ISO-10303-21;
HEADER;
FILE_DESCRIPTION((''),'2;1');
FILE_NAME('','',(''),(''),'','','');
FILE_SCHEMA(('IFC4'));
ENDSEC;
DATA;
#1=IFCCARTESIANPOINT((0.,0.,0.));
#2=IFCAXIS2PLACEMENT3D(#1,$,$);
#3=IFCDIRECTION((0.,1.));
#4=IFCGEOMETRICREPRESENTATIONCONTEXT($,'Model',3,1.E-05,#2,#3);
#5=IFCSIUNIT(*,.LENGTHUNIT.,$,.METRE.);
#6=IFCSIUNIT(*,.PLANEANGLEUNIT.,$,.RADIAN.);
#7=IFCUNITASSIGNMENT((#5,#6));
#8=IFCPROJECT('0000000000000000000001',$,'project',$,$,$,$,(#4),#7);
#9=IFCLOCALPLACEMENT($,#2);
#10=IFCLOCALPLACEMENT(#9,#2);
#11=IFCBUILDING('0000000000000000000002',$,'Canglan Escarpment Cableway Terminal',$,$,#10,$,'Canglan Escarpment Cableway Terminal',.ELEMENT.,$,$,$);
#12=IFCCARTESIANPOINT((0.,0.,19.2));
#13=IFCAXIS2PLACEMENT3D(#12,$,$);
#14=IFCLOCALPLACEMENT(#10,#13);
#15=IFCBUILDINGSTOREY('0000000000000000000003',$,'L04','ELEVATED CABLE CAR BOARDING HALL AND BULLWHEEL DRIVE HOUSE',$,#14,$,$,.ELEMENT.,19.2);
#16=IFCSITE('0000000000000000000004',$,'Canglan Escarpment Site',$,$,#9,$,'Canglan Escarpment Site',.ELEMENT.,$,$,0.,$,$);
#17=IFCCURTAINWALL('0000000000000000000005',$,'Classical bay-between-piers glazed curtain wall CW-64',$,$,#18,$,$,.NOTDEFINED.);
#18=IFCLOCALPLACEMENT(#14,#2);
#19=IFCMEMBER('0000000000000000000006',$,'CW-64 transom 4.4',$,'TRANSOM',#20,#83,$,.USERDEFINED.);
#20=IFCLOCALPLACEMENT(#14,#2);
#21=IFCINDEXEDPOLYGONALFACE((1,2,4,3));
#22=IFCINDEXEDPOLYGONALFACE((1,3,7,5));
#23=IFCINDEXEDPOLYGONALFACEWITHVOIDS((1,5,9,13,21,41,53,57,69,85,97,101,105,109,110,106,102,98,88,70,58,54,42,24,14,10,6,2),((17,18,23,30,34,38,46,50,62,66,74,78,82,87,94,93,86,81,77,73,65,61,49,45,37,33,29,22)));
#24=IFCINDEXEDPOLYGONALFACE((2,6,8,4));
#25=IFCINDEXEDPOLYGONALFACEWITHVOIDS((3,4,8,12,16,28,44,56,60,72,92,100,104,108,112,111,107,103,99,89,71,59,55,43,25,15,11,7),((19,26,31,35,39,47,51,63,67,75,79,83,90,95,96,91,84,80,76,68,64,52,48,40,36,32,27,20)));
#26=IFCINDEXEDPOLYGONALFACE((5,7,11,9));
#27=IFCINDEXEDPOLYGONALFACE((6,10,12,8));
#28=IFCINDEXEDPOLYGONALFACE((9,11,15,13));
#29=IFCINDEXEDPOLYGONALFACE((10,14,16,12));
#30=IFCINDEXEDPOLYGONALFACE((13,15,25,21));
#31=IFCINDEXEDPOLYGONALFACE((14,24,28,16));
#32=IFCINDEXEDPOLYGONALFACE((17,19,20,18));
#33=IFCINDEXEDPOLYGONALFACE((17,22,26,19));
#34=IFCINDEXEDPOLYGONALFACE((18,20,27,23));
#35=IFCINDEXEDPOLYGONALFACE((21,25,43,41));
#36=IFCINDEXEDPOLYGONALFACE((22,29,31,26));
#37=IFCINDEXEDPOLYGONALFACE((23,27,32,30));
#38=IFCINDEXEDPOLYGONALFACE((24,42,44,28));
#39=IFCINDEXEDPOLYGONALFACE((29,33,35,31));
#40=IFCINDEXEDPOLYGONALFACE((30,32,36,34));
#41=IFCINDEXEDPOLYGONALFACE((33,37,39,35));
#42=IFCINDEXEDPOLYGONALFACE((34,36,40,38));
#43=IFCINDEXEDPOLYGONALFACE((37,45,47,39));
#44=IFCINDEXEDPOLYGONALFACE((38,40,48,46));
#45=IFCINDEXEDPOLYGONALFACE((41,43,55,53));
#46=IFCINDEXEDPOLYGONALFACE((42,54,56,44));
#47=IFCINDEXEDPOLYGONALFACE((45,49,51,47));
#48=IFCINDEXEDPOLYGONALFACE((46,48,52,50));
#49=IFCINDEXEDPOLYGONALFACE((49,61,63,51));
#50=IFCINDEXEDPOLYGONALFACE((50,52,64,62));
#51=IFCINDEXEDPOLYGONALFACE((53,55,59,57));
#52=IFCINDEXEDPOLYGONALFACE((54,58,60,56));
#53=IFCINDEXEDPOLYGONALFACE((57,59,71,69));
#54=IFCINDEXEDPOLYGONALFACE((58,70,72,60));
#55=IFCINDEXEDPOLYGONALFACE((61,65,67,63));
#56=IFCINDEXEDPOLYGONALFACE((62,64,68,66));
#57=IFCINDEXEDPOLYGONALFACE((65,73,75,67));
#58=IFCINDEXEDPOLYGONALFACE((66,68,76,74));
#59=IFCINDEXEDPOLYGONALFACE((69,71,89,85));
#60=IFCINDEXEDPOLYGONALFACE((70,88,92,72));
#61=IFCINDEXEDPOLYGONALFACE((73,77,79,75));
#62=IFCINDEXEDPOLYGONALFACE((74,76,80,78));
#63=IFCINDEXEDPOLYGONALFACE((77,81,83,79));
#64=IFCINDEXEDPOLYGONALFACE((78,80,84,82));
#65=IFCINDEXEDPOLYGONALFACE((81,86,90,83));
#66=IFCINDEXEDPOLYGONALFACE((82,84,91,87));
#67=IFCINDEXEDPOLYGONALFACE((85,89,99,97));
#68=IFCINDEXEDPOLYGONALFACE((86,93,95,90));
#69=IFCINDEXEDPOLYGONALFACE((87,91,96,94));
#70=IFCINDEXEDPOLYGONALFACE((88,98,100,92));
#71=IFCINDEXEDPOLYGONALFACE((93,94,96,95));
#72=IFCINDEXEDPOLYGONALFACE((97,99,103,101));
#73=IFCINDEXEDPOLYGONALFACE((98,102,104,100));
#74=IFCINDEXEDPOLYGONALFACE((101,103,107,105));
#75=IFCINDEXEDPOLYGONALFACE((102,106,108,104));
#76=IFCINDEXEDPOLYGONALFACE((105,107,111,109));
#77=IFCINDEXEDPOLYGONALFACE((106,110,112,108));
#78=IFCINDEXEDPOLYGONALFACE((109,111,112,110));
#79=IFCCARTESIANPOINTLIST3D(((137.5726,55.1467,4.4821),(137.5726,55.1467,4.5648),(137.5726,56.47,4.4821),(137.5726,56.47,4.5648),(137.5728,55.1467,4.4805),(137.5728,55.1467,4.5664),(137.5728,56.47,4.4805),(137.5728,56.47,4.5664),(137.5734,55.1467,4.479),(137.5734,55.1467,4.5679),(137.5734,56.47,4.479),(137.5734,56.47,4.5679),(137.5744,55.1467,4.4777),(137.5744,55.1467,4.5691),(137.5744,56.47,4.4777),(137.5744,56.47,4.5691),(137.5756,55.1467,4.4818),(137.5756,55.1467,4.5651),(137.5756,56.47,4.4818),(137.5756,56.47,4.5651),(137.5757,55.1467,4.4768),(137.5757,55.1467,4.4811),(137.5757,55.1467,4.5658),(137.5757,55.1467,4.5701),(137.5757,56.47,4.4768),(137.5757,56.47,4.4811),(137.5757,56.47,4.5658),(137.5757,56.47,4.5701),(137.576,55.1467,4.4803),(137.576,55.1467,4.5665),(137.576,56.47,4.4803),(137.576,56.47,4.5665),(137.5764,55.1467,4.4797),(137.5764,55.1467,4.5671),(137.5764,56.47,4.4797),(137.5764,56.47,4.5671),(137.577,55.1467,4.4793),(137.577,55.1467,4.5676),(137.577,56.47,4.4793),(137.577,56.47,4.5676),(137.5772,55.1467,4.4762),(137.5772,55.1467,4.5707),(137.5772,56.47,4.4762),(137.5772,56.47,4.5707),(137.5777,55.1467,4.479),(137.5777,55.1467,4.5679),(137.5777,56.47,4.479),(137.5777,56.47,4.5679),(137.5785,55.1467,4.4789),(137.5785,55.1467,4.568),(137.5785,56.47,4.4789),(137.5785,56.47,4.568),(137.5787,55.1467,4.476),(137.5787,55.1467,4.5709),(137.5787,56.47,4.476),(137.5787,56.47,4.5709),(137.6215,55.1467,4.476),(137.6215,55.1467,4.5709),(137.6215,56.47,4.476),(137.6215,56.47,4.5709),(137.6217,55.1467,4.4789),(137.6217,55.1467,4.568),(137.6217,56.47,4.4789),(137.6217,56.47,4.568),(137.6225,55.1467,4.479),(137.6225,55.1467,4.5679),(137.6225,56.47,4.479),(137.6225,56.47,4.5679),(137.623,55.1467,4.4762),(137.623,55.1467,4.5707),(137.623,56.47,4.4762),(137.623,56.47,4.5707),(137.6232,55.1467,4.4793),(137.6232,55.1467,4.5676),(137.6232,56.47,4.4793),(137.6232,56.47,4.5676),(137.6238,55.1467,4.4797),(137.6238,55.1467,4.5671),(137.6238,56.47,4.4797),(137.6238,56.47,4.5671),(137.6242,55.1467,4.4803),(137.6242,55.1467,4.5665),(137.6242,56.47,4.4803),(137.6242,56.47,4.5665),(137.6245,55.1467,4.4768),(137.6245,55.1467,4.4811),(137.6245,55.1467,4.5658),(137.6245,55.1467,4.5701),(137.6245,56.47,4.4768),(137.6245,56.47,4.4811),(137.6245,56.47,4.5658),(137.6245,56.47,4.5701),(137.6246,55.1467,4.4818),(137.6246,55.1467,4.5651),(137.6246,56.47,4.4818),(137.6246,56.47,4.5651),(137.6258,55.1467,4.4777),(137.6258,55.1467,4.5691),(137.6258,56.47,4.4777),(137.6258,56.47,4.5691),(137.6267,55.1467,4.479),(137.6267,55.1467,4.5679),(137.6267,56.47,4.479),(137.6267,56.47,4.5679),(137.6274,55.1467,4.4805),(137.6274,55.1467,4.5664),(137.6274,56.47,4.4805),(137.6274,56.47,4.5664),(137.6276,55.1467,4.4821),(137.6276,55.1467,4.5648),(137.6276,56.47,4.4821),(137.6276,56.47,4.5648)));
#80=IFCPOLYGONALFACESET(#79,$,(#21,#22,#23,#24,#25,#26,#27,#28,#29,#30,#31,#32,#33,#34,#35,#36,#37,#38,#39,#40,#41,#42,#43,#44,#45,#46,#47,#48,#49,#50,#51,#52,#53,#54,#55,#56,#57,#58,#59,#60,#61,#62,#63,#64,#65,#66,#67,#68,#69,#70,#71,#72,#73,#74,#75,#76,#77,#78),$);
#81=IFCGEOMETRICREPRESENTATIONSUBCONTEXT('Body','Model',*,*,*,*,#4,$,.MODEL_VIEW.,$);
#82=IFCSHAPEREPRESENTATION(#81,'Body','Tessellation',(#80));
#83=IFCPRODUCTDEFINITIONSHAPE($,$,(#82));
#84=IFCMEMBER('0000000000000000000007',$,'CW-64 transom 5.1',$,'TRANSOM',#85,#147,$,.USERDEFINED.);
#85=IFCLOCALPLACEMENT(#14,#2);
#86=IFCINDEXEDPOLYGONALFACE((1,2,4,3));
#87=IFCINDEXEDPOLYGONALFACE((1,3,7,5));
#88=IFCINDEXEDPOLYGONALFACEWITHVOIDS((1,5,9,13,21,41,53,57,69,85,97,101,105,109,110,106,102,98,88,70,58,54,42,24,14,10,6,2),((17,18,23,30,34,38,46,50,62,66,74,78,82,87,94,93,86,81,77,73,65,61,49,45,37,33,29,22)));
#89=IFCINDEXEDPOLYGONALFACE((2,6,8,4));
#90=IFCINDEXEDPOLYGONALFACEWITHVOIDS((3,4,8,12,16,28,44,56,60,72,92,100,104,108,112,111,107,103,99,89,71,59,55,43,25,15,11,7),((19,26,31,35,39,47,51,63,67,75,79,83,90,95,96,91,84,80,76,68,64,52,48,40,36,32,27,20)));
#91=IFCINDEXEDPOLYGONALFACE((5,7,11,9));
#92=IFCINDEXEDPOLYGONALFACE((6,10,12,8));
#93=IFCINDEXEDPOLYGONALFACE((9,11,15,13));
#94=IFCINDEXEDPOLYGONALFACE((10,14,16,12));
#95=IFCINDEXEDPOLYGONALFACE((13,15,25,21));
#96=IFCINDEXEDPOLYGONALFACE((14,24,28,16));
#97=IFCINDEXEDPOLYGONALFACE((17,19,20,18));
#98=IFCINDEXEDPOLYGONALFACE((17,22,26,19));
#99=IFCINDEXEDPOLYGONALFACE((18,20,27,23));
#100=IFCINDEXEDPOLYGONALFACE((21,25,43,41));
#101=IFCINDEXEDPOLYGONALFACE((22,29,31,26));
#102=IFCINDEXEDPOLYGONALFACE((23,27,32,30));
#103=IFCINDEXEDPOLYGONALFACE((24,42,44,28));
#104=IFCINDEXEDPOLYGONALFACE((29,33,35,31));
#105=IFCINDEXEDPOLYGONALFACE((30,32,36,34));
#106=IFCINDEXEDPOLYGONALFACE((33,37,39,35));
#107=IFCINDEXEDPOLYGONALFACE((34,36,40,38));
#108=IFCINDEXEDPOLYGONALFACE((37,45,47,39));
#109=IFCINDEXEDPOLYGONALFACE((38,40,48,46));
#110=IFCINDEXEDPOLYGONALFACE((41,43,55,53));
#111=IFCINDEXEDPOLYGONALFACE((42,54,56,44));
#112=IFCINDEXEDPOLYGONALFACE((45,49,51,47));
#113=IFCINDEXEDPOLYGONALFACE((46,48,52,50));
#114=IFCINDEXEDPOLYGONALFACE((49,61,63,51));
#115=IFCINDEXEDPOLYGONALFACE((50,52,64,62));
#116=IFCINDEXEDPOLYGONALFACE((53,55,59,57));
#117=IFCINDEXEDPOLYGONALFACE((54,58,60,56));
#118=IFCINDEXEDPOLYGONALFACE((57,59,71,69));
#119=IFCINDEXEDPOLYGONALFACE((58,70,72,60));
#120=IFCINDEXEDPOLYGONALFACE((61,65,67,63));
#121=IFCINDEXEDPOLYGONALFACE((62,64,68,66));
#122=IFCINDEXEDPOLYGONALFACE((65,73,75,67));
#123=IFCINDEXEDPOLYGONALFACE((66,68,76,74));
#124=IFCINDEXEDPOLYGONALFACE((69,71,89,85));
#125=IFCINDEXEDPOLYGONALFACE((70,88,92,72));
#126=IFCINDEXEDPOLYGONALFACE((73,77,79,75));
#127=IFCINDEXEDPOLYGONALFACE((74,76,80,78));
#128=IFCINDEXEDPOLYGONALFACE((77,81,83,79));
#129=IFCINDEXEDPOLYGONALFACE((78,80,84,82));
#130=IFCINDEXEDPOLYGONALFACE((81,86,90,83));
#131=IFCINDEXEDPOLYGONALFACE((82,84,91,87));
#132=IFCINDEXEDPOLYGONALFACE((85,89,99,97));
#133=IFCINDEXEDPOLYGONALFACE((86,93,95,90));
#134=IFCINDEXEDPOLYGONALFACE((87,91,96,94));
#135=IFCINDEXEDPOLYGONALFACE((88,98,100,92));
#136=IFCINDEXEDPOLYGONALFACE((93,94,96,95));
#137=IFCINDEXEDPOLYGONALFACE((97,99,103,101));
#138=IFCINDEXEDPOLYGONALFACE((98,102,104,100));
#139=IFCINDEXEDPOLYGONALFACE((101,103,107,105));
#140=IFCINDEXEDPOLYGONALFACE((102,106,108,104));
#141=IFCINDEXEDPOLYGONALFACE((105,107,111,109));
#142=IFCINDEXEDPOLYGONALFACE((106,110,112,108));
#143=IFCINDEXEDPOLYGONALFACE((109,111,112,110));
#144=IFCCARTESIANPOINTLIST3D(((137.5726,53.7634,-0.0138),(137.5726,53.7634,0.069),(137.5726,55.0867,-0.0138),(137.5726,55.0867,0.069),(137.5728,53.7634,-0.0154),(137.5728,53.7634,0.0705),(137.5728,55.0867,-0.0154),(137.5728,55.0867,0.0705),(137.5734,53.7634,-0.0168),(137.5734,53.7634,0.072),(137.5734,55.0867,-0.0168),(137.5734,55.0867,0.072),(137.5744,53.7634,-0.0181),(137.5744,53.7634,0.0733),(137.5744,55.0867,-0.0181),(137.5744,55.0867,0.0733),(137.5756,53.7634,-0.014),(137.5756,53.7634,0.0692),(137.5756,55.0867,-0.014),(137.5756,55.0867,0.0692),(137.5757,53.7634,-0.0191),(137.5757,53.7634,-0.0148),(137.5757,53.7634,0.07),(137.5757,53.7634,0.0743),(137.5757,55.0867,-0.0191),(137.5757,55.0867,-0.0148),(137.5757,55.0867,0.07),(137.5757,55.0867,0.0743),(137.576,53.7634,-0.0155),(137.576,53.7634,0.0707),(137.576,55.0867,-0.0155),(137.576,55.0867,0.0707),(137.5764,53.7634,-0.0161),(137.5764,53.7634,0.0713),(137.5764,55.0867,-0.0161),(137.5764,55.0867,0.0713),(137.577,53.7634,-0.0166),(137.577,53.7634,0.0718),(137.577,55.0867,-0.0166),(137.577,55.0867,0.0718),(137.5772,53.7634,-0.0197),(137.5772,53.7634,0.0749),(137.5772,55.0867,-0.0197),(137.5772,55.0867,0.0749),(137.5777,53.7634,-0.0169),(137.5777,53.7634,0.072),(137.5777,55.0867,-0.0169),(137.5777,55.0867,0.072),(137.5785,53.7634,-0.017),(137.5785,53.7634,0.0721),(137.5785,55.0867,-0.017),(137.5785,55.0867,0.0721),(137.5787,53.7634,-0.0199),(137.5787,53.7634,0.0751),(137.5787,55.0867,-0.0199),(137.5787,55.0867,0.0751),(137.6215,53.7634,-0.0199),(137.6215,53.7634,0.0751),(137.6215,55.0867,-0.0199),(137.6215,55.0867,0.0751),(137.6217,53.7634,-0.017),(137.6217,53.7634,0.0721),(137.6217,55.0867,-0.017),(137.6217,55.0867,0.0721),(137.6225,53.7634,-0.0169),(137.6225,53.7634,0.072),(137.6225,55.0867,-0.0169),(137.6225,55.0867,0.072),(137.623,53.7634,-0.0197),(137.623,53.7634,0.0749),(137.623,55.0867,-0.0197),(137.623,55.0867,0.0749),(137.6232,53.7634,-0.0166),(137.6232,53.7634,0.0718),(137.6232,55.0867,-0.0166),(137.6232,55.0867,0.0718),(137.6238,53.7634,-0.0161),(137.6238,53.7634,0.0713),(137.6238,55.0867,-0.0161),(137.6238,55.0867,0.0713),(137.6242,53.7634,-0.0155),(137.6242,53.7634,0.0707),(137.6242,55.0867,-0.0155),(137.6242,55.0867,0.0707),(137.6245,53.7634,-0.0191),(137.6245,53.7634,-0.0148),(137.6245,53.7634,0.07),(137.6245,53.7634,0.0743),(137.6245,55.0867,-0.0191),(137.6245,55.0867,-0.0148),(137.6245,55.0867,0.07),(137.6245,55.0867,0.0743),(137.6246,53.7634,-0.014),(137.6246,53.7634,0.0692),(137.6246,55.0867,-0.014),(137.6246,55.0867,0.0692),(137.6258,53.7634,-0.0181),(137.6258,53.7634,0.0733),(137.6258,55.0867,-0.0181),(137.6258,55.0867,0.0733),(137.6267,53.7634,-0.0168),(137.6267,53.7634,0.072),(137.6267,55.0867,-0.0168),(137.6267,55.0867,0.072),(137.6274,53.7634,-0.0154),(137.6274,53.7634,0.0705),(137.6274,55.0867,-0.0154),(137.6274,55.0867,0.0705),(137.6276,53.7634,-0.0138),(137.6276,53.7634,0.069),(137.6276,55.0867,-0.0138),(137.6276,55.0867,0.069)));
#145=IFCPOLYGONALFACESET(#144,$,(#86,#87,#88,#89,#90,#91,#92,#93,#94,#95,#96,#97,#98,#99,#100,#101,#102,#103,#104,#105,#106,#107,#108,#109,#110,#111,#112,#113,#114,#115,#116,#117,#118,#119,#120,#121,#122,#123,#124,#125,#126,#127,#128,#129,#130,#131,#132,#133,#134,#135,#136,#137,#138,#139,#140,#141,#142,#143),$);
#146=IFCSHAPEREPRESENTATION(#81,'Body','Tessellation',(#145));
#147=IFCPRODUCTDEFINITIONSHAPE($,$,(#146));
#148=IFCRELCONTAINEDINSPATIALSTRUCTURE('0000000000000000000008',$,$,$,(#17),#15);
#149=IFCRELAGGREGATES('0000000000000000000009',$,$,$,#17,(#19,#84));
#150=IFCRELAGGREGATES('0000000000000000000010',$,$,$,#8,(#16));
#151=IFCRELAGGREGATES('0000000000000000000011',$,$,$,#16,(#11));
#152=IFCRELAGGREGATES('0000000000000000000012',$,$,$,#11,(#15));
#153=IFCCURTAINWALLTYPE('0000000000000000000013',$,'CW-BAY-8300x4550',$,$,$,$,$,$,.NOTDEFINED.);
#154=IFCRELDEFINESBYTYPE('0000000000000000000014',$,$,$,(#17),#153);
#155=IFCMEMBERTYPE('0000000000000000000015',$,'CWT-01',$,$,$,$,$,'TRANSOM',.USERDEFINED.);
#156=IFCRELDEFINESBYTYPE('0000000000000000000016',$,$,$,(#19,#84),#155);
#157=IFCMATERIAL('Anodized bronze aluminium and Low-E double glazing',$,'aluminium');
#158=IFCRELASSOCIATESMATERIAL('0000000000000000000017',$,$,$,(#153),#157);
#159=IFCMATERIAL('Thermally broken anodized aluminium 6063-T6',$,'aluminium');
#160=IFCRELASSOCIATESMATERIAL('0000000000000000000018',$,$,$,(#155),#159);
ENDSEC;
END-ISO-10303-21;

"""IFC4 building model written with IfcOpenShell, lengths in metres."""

from ifc_helpers import new_model, si_unit, direction, frame, origin, origin_2d, place, context, subcontext, project, spatial, hollow_rectangle, extrude, material, material_profile, profile_set, type_object, element, aggregate, save


model = new_model("IFC4")

# Units and contexts
model_context = context("Model", 3, precision=1e-05, world=origin(), true_north=direction((0.0, 1.0)))
body_context = subcontext(model_context, "Body", "Model", "MODEL_VIEW")
ifc_project = project(units=[si_unit("LENGTHUNIT", "METRE"), si_unit("PLANEANGLEUNIT", "RADIAN")], contexts=[model_context])

# Site, building, storey
site_placement = place(None, origin())
site = spatial("IfcSite", under=ifc_project, at=site_placement, Name="Canglan Escarpment Site", LongName="Canglan Escarpment Site", CompositionType="ELEMENT", RefElevation=0.0)
building_placement = place(site_placement, origin())
building = spatial("IfcBuilding", under=site, at=building_placement, Name="Canglan Escarpment Cableway Terminal", LongName="Canglan Escarpment Cableway Terminal", CompositionType="ELEMENT")
storey_placement = place(building_placement, frame((0.0, 0.0, 19.2)))
storey = spatial("IfcBuildingStorey", under=building, at=storey_placement, Name="L04", Description="ELEVATED CABLE CAR BOARDING HALL AND BULLWHEEL DRIVE HOUSE", CompositionType="ELEMENT", Elevation=19.2)

# Curtain wall, members
ifc_material_1 = material(Name="Anodized bronze aluminium and Low-E double glazing", Category="aluminium")
curtain_wall_type = type_object("IfcCurtainWallType", Name="CW-BAY-8300x4550", PredefinedType="NOTDEFINED", material=ifc_material_1)
curtain_wall_placement = place(storey_placement, origin())
curtain_wall = element("IfcCurtainWall", 1, at=curtain_wall_placement, inside=storey, type_object=curtain_wall_type, Name="Classical bay-between-piers glazed curtain wall CW-64", PredefinedType="NOTDEFINED")
ifc_material_2 = material(Name="Thermally broken anodized aluminium 6063-T6", Category="aluminium")
ifc_material_profile_1 = material_profile(ifc_material_2, hollow_rectangle(XDim=0.0549, YDim=0.095, WallThickness=0.0029, InnerFilletRadius=0.0029, OuterFilletRadius=0.0061, at=origin_2d()), Name="ALU-TRAN 55x95x3")
ifc_profile_set_1 = profile_set([ifc_material_profile_1], Name="Thermally broken anodized aluminium 6063-T6")
member_type_1 = type_object("IfcMemberType", Name="CWT-01", ElementType="TRANSOM", PredefinedType="USERDEFINED", material=ifc_profile_set_1)
member_1_placement = place(storey_placement, frame((137.6001, 56.47, 4.5234), z_axis=(0.0, -1.0, 0.0), x_axis=(1.0, 0.0, 0.0)))
member_1 = element("IfcMember", 2, at=member_1_placement, type_object=member_type_1, Name="CW-64 transom 4.4", ObjectType="TRANSOM", PredefinedType="USERDEFINED", context=body_context, shape_type="SweptSolid", body=[
    extrude(hollow_rectangle(XDim=0.0549, YDim=0.095, WallThickness=0.0029, InnerFilletRadius=0.0029, OuterFilletRadius=0.0061, at=origin_2d()), origin(), (0.0, 0.0, 1.0), 1.3232),
])
member_2_placement = place(storey_placement, frame((137.6001, 55.0867, 0.0276), z_axis=(0.0, -1.0, 0.0), x_axis=(1.0, 0.0, 0.0)))
member_2 = element("IfcMember", 3, at=member_2_placement, type_object=member_type_1, Name="CW-64 transom 5.1", ObjectType="TRANSOM", PredefinedType="USERDEFINED", context=body_context, shape_type="SweptSolid", body=[
    extrude(hollow_rectangle(XDim=0.0549, YDim=0.095, WallThickness=0.0029, InnerFilletRadius=0.0029, OuterFilletRadius=0.0061, at=origin_2d()), origin(), (0.0, 0.0, 1.0), 1.3232),
])
aggregate(curtain_wall, [member_1, member_2])

save(model, "model.ifc")
